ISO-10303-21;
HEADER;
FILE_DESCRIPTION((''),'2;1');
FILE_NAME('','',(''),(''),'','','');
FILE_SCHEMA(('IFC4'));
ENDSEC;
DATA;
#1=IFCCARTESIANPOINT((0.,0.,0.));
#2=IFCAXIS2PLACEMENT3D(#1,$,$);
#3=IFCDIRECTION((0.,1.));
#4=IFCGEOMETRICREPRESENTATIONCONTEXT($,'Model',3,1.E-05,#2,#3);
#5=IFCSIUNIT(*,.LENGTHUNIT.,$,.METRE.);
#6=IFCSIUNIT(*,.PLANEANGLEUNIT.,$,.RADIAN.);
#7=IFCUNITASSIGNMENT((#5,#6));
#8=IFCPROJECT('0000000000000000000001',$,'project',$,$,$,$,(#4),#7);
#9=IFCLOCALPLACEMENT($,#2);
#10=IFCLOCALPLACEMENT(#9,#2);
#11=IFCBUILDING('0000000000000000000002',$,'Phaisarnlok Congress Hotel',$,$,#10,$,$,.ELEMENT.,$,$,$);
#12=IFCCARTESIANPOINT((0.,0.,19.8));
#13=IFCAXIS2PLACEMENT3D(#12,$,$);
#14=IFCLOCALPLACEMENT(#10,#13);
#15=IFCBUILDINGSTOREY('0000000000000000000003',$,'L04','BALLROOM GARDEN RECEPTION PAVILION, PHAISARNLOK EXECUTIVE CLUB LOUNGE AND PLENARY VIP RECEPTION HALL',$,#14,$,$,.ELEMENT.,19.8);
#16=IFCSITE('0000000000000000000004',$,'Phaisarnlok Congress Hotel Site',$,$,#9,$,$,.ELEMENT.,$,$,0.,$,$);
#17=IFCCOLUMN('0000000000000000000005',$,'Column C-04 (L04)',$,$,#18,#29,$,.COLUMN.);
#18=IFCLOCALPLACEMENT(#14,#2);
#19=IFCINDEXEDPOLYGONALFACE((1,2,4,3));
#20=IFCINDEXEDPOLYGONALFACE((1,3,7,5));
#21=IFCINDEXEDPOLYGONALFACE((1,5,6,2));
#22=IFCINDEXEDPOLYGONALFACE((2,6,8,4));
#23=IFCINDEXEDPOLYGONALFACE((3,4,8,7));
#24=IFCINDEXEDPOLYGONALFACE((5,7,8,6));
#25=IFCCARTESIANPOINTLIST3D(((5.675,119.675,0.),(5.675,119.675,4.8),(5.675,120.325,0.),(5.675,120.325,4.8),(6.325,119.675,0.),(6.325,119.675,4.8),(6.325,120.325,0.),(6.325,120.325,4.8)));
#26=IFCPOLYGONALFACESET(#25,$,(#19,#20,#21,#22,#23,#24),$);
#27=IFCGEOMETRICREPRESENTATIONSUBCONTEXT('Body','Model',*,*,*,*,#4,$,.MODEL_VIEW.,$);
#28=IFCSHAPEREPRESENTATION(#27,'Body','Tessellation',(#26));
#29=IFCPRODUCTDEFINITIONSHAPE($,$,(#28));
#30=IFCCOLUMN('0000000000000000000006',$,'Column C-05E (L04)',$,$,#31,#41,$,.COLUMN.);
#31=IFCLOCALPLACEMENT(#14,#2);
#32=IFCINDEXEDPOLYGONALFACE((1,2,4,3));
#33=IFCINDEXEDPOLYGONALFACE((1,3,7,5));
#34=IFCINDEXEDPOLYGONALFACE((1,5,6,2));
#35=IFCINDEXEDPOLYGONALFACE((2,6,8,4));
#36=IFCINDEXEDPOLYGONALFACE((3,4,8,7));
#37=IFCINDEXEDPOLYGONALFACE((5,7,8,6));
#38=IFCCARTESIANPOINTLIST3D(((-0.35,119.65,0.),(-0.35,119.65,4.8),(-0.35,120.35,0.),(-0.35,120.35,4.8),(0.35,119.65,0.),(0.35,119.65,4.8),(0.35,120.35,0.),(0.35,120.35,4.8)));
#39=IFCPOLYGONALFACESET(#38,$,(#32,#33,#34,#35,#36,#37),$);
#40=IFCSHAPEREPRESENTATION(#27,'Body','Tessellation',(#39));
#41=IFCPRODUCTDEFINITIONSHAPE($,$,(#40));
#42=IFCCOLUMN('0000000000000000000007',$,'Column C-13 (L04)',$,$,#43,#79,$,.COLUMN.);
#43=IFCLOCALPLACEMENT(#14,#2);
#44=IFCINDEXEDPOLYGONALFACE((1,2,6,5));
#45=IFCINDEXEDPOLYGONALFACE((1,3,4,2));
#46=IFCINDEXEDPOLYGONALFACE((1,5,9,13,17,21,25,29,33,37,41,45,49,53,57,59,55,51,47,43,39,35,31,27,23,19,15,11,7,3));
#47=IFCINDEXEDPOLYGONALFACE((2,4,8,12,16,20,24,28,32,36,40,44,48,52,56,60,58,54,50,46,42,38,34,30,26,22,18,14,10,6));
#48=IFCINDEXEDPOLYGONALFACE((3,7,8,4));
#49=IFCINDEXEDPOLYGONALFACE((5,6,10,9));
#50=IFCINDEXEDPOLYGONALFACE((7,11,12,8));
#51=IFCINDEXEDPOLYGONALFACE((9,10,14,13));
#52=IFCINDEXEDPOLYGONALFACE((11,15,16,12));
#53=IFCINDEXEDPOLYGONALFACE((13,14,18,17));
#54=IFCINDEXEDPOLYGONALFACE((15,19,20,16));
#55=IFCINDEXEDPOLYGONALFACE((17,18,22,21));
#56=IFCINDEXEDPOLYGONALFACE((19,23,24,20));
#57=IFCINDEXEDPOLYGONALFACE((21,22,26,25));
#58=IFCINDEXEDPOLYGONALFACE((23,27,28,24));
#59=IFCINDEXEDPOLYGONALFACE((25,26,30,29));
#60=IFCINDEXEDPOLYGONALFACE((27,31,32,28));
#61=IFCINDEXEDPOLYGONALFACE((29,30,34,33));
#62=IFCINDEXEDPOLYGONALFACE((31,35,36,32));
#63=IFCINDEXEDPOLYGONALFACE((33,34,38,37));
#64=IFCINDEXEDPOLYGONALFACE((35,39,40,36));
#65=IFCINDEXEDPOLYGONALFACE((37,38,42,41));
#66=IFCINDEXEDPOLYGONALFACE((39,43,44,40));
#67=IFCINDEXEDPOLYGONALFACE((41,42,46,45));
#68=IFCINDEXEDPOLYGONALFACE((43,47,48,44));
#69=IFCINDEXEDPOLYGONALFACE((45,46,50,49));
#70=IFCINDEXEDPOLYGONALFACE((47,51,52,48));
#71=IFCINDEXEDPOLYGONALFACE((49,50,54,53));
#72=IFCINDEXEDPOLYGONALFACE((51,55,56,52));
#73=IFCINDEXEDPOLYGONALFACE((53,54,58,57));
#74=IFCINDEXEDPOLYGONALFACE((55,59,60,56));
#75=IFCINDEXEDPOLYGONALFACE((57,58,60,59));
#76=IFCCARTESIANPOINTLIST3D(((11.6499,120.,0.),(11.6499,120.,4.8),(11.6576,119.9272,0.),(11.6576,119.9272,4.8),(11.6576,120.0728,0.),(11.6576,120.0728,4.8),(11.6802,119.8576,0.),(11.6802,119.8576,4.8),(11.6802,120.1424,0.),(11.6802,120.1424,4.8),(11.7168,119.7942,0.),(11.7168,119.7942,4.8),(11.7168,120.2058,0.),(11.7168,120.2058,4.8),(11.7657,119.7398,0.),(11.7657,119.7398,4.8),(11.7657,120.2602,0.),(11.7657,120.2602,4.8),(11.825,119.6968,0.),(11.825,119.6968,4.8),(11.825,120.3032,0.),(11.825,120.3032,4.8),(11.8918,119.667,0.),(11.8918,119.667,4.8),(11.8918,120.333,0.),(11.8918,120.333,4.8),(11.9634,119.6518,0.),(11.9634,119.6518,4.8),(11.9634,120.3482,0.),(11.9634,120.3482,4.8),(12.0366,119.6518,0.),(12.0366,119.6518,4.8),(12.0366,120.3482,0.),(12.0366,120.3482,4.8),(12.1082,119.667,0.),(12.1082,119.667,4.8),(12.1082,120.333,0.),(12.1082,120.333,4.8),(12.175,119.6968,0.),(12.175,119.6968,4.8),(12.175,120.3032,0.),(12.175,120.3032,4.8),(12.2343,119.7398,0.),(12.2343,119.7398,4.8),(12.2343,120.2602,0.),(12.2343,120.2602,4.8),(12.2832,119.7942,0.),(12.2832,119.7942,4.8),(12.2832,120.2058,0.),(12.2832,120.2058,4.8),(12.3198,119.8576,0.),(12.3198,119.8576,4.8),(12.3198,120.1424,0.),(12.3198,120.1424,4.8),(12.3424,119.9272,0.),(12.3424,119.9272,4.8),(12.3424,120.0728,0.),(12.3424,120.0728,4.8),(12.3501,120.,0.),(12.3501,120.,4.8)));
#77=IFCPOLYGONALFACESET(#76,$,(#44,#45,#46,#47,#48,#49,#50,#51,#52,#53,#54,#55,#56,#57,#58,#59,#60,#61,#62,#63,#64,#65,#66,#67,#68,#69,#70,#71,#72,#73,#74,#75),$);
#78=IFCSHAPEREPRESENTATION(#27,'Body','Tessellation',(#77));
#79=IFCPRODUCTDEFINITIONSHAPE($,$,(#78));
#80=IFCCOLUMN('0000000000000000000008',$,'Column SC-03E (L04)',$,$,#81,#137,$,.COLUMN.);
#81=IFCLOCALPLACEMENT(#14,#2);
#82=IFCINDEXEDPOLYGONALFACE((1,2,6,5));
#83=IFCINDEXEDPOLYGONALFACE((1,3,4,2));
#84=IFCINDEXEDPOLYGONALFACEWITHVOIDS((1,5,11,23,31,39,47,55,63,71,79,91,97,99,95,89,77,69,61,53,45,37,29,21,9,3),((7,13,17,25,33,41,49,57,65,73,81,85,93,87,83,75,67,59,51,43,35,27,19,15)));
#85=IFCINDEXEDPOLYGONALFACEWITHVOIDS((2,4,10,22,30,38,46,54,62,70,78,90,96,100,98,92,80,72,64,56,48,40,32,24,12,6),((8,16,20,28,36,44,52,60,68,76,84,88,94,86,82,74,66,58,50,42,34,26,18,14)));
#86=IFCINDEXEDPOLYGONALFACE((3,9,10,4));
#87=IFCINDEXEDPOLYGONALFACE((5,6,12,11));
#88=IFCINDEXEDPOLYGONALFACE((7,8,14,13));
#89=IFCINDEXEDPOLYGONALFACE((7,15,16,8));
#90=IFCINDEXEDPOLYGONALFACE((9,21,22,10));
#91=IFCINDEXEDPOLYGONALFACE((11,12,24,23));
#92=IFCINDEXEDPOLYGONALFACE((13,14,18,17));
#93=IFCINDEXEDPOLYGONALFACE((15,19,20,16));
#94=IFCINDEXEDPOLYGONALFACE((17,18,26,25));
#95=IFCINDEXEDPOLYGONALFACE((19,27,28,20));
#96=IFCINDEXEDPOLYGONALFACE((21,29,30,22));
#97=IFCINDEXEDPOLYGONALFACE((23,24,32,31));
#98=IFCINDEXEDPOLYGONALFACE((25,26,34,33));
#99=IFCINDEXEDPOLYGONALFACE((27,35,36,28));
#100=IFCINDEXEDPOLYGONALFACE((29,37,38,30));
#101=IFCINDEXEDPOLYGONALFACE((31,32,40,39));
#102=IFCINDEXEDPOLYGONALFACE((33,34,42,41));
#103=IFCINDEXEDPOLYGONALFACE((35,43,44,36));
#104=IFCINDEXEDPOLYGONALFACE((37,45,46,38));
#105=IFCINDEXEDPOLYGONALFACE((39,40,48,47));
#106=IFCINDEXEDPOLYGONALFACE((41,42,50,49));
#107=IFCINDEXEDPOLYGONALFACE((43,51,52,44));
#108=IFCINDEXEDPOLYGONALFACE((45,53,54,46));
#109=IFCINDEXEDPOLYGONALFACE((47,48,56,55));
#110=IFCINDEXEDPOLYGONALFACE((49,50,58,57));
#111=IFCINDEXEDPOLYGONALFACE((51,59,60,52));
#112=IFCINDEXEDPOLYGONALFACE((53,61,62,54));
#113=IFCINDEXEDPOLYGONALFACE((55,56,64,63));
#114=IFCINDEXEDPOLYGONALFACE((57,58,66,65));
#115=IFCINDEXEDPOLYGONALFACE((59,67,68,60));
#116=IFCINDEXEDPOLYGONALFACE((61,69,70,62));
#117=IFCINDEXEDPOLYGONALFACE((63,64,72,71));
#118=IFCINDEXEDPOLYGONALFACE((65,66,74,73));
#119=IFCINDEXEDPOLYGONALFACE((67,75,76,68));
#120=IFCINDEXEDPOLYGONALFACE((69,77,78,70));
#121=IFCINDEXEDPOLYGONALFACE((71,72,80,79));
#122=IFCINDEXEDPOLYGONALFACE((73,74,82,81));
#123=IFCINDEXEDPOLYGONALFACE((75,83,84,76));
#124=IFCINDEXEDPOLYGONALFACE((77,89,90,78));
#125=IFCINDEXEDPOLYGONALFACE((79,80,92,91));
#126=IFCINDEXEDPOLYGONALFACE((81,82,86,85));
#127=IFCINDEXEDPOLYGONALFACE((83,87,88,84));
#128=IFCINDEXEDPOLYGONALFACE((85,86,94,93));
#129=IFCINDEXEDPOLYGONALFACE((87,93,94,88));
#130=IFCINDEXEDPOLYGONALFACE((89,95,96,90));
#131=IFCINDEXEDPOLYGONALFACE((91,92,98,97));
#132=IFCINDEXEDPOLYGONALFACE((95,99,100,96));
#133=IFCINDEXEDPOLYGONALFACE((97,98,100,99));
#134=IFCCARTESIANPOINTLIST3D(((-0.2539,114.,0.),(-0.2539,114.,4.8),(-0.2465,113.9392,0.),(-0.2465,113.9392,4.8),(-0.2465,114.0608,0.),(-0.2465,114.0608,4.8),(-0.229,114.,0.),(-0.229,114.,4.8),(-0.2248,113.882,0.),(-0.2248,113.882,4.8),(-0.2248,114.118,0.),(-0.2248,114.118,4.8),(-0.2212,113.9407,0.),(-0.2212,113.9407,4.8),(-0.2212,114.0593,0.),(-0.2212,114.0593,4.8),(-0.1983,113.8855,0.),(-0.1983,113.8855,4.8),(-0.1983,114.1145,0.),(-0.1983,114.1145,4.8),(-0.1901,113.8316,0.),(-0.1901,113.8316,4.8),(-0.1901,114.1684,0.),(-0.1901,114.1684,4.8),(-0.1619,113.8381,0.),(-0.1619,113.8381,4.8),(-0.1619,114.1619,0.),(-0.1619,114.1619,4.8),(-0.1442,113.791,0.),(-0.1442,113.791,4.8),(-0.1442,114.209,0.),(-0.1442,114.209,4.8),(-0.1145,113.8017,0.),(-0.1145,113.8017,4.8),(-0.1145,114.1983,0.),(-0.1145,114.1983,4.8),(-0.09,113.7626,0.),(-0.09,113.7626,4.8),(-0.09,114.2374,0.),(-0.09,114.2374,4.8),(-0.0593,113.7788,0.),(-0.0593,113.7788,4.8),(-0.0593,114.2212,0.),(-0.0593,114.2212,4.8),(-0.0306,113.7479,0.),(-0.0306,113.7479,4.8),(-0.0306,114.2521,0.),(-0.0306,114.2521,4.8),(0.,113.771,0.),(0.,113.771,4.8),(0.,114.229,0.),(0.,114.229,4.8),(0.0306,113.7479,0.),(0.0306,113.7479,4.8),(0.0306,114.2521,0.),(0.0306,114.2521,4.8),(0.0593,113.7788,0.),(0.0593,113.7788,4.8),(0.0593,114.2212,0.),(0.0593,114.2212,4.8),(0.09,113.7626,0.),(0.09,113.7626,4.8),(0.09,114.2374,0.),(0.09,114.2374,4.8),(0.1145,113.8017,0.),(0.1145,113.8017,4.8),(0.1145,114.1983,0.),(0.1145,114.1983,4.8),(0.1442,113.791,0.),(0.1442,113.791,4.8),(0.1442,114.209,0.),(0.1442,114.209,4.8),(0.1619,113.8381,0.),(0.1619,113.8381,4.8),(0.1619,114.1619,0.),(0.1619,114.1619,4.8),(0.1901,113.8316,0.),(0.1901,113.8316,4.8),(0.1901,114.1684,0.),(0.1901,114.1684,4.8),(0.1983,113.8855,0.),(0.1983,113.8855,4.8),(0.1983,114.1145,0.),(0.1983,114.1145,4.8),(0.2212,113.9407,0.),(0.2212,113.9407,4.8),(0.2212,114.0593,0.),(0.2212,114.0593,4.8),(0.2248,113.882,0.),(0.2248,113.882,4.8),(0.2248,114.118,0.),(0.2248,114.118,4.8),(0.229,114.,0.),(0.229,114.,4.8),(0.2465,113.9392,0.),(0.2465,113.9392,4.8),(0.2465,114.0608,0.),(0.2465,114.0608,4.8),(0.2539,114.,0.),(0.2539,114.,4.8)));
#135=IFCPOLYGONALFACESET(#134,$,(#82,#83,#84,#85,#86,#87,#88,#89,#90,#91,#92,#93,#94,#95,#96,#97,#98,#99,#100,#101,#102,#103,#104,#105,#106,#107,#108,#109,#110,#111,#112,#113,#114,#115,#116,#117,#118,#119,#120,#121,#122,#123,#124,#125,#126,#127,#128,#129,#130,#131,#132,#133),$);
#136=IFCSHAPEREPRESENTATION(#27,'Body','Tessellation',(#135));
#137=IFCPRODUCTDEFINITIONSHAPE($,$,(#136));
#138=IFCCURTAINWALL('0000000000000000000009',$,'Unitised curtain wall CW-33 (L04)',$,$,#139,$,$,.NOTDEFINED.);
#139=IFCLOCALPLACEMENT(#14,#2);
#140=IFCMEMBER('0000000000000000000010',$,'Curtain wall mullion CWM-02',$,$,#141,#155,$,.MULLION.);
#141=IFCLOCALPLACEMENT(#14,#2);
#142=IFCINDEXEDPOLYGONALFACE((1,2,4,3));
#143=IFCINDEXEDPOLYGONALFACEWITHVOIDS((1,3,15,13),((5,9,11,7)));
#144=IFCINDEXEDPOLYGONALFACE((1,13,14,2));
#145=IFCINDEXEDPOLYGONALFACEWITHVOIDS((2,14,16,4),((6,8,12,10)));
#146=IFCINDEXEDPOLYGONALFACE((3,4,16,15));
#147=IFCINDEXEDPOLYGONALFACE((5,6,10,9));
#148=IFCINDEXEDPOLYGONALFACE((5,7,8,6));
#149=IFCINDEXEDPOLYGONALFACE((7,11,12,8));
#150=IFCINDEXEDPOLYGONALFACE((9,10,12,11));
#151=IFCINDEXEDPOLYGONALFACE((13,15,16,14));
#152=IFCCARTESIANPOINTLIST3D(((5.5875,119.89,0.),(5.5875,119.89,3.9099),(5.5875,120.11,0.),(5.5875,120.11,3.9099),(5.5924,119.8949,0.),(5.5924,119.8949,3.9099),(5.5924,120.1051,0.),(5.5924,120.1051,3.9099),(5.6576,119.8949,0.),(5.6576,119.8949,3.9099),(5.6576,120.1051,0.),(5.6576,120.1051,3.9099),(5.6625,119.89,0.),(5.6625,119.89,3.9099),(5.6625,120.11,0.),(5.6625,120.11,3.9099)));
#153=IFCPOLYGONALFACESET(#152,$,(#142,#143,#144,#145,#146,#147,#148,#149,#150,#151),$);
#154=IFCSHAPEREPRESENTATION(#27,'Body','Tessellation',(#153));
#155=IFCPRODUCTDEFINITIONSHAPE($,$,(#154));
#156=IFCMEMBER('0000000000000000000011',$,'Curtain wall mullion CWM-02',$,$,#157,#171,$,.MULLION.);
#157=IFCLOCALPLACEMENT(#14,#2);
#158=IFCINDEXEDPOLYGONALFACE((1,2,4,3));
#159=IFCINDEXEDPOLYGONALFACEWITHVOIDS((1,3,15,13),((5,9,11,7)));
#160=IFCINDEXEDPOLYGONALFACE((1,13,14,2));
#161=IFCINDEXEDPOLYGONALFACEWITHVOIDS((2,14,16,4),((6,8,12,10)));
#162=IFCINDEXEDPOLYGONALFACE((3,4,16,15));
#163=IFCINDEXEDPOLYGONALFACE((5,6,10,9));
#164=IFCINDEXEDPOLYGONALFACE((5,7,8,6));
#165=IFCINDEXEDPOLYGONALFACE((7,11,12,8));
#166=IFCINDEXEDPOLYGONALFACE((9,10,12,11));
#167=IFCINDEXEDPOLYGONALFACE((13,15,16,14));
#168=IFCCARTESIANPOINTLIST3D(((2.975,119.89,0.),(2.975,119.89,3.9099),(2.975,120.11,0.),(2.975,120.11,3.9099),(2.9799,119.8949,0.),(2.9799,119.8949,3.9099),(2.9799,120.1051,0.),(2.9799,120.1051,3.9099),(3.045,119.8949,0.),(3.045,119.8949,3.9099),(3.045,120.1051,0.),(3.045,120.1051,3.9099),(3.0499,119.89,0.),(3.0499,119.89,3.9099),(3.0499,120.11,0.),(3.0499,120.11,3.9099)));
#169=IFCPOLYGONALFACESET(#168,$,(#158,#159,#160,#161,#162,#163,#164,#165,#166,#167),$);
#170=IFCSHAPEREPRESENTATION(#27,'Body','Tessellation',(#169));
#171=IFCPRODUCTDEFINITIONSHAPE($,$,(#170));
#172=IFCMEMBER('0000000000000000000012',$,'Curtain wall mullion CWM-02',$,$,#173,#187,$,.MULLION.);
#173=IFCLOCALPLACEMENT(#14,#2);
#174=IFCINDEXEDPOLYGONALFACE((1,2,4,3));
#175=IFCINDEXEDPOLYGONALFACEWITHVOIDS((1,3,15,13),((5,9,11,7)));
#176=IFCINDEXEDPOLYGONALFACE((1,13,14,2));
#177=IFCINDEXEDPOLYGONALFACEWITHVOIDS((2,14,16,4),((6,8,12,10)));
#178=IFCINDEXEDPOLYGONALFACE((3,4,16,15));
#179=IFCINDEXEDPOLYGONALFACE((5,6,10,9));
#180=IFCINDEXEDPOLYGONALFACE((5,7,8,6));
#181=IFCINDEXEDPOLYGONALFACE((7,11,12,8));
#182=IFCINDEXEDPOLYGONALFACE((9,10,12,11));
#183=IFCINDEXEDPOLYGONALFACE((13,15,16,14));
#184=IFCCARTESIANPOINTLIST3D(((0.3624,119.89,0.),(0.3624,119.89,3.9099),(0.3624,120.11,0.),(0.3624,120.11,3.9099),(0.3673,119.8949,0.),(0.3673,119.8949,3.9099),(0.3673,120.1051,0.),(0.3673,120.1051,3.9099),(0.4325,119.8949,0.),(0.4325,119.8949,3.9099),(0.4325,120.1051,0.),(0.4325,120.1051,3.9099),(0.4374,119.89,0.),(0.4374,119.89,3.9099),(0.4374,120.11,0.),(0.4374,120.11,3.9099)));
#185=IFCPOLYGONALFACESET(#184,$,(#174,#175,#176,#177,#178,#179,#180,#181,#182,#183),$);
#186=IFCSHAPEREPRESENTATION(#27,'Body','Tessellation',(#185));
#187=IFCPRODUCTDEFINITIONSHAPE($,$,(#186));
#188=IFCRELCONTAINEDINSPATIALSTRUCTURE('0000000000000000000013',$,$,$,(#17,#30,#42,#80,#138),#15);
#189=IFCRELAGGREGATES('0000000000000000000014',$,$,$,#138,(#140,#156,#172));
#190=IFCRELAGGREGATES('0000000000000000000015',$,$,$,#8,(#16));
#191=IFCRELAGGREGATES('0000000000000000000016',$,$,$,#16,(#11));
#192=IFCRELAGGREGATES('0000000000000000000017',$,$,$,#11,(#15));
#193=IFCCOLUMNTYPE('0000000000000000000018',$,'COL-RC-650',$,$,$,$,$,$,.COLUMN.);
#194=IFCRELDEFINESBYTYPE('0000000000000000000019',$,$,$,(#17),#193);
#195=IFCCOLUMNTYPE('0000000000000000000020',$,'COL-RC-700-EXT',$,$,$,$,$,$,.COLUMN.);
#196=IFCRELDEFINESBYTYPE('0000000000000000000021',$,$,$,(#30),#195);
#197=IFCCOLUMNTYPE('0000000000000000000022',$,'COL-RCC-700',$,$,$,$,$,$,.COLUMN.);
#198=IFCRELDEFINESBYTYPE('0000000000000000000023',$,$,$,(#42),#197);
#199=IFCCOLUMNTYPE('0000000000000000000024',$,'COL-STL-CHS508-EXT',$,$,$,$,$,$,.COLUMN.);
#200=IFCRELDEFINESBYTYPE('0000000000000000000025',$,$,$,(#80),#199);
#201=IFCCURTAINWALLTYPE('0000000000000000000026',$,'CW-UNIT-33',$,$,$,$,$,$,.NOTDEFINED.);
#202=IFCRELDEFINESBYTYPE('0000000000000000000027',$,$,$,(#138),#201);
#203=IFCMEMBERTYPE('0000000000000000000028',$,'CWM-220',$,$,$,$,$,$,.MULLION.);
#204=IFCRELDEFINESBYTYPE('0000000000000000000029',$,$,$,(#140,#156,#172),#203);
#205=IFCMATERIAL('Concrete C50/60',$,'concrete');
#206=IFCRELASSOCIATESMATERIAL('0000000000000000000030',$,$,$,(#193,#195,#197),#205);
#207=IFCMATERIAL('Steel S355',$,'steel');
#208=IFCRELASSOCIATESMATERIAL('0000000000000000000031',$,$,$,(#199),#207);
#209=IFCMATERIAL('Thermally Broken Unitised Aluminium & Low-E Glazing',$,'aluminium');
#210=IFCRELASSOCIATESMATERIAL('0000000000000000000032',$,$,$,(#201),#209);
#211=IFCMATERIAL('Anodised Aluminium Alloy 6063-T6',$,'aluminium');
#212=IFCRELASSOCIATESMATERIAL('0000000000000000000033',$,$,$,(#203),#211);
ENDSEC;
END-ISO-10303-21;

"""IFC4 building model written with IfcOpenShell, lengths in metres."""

from ifc_helpers import new_model, si_unit, direction, frame, origin, origin_2d, place, context, subcontext, project, spatial, rectangle, hollow_rectangle, circle, hollow_circle, extrude, material, material_profile, profile_set, type_object, element, aggregate, save


model = new_model("IFC4")

# Units and contexts
model_context = context("Model", 3, precision=1e-05, world=origin(), true_north=direction((0.0, 1.0)))
body_context = subcontext(model_context, "Body", "Model", "MODEL_VIEW")
ifc_project = project(units=[si_unit("LENGTHUNIT", "METRE"), si_unit("PLANEANGLEUNIT", "RADIAN")], contexts=[model_context])

# Site, building, storey
site_placement = place(None, origin())
site = spatial("IfcSite", under=ifc_project, at=site_placement, Name="Phaisarnlok Congress Hotel Site", CompositionType="ELEMENT", RefElevation=0.0)
building_placement = place(site_placement, origin())
building = spatial("IfcBuilding", under=site, at=building_placement, Name="Phaisarnlok Congress Hotel", CompositionType="ELEMENT")
storey_placement = place(building_placement, frame((0.0, 0.0, 19.8)))
storey = spatial("IfcBuildingStorey", under=building, at=storey_placement, Name="L04", Description="BALLROOM GARDEN RECEPTION PAVILION, PHAISARNLOK EXECUTIVE CLUB LOUNGE AND PLENARY VIP RECEPTION HALL", CompositionType="ELEMENT", Elevation=19.8)

# Columns
ifc_material_1 = material(Name="Concrete C50/60", Category="concrete")
ifc_material_profile_1 = material_profile(ifc_material_1, rectangle(XDim=0.6499, YDim=0.6499, at=origin_2d()), Name="RC 650x650")
ifc_profile_set_1 = profile_set([ifc_material_profile_1], Name="Concrete C50/60")
column_type_1 = type_object("IfcColumnType", Name="COL-RC-650", PredefinedType="COLUMN", material=ifc_profile_set_1)
column_1_placement = place(storey_placement, frame((6.0, 120.0, 0.0), z_axis=(0.0, 0.0, 1.0), x_axis=(1.0, 0.0, 0.0)))
element("IfcColumn", 1, at=column_1_placement, inside=storey, type_object=column_type_1, Name="Column C-04 (L04)", PredefinedType="COLUMN", context=body_context, shape_type="SweptSolid", body=[
    extrude(rectangle(XDim=0.6499, YDim=0.6499, at=origin_2d()), origin(), (0.0, 0.0, 1.0), 4.8),
])
ifc_material_profile_2 = material_profile(ifc_material_1, rectangle(XDim=0.7, YDim=0.7, at=origin_2d()), Name="RC 700x700")
ifc_profile_set_2 = profile_set([ifc_material_profile_2], Name="Concrete C50/60")
column_type_2 = type_object("IfcColumnType", Name="COL-RC-700-EXT", PredefinedType="COLUMN", material=ifc_profile_set_2)
column_2_placement = place(storey_placement, frame((0.0, 120.0, 0.0), z_axis=(0.0, 0.0, 1.0), x_axis=(1.0, 0.0, 0.0)))
element("IfcColumn", 2, at=column_2_placement, inside=storey, type_object=column_type_2, Name="Column C-05E (L04)", PredefinedType="COLUMN", context=body_context, shape_type="SweptSolid", body=[
    extrude(rectangle(XDim=0.7, YDim=0.7, at=origin_2d()), origin(), (0.0, 0.0, 1.0), 4.8),
])
ifc_material_profile_3 = material_profile(ifc_material_1, circle(Radius=0.3501, at=origin_2d()), Name="RCC D700")
ifc_profile_set_3 = profile_set([ifc_material_profile_3], Name="Concrete C50/60")
column_type_3 = type_object("IfcColumnType", Name="COL-RCC-700", PredefinedType="COLUMN", material=ifc_profile_set_3)
column_3_placement = place(storey_placement, frame((12.0, 120.0, 0.0), z_axis=(0.0, 0.0, 1.0), x_axis=(1.0, 0.0, 0.0)))
element("IfcColumn", 3, at=column_3_placement, inside=storey, type_object=column_type_3, Name="Column C-13 (L04)", PredefinedType="COLUMN", context=body_context, shape_type="SweptSolid", body=[
    extrude(circle(Radius=0.3501, at=origin_2d()), origin(), (0.0, 0.0, 1.0), 4.8),
])
ifc_material_2 = material(Name="Steel S355", Category="steel")
ifc_material_profile_4 = material_profile(ifc_material_2, hollow_circle(Radius=0.2539, WallThickness=0.0249, at=origin_2d()), Name="CHS 508x25")
ifc_profile_set_4 = profile_set([ifc_material_profile_4], Name="Steel S355")
column_type_4 = type_object("IfcColumnType", Name="COL-STL-CHS508-EXT", PredefinedType="COLUMN", material=ifc_profile_set_4)
column_4_placement = place(storey_placement, frame((0.0, 114.0, 0.0), z_axis=(0.0, 0.0, 1.0), x_axis=(1.0, 0.0, 0.0)))
element("IfcColumn", 4, at=column_4_placement, inside=storey, type_object=column_type_4, Name="Column SC-03E (L04)", PredefinedType="COLUMN", context=body_context, shape_type="SweptSolid", body=[
    extrude(hollow_circle(Radius=0.2539, WallThickness=0.0249, at=origin_2d()), origin(), (0.0, 0.0, 1.0), 4.8),
])

# Curtain wall, members
ifc_material_3 = material(Name="Thermally Broken Unitised Aluminium & Low-E Glazing", Category="aluminium")
curtain_wall_type_1 = type_object("IfcCurtainWallType", Name="CW-UNIT-33", PredefinedType="NOTDEFINED", material=ifc_material_3)
curtain_wall_1_placement = place(storey_placement, origin())
curtain_wall_1 = element("IfcCurtainWall", 5, at=curtain_wall_1_placement, inside=storey, type_object=curtain_wall_type_1, Name="Unitised curtain wall CW-33 (L04)", PredefinedType="NOTDEFINED")
ifc_material_4 = material(Name="Anodised Aluminium Alloy 6063-T6", Category="aluminium")
ifc_material_profile_5 = material_profile(ifc_material_4, hollow_rectangle(XDim=0.075, YDim=0.22, WallThickness=0.0049, at=origin_2d()), Name="ALU-M 75x220x5")
ifc_profile_set_5 = profile_set([ifc_material_profile_5], Name="Anodised Aluminium Alloy 6063-T6")
member_type_1 = type_object("IfcMemberType", Name="CWM-220", PredefinedType="MULLION", material=ifc_profile_set_5)
member_1_placement = place(storey_placement, frame((5.625, 120.0, 0.0), z_axis=(0.0, 0.0, 1.0), x_axis=(-1.0, 0.0, 0.0)))
member_1 = element("IfcMember", 6, at=member_1_placement, type_object=member_type_1, Name="Curtain wall mullion CWM-02", PredefinedType="MULLION", context=body_context, shape_type="SweptSolid", body=[
    extrude(hollow_rectangle(XDim=0.075, YDim=0.22, WallThickness=0.0049, at=origin_2d()), origin(), (0.0, 0.0, 1.0), 3.9099),
])
member_2_placement = place(storey_placement, frame((3.0125, 120.0, 0.0), z_axis=(0.0, 0.0, 1.0), x_axis=(-1.0, 0.0, 0.0)))
member_2 = element("IfcMember", 7, at=member_2_placement, type_object=member_type_1, Name="Curtain wall mullion CWM-02", PredefinedType="MULLION", context=body_context, shape_type="SweptSolid", body=[
    extrude(hollow_rectangle(XDim=0.075, YDim=0.22, WallThickness=0.0049, at=origin_2d()), origin(), (0.0, 0.0, 1.0), 3.9099),
])
member_3_placement = place(storey_placement, frame((0.3999, 120.0, 0.0), z_axis=(0.0, 0.0, 1.0), x_axis=(-1.0, 0.0, 0.0)))
member_3 = element("IfcMember", 8, at=member_3_placement, type_object=member_type_1, Name="Curtain wall mullion CWM-02", PredefinedType="MULLION", context=body_context, shape_type="SweptSolid", body=[
    extrude(hollow_rectangle(XDim=0.075, YDim=0.22, WallThickness=0.0049, at=origin_2d()), origin(), (0.0, 0.0, 1.0), 3.9099),
])

aggregate(curtain_wall_1, [member_1, member_2, member_3])

save(model, "model.ifc")
